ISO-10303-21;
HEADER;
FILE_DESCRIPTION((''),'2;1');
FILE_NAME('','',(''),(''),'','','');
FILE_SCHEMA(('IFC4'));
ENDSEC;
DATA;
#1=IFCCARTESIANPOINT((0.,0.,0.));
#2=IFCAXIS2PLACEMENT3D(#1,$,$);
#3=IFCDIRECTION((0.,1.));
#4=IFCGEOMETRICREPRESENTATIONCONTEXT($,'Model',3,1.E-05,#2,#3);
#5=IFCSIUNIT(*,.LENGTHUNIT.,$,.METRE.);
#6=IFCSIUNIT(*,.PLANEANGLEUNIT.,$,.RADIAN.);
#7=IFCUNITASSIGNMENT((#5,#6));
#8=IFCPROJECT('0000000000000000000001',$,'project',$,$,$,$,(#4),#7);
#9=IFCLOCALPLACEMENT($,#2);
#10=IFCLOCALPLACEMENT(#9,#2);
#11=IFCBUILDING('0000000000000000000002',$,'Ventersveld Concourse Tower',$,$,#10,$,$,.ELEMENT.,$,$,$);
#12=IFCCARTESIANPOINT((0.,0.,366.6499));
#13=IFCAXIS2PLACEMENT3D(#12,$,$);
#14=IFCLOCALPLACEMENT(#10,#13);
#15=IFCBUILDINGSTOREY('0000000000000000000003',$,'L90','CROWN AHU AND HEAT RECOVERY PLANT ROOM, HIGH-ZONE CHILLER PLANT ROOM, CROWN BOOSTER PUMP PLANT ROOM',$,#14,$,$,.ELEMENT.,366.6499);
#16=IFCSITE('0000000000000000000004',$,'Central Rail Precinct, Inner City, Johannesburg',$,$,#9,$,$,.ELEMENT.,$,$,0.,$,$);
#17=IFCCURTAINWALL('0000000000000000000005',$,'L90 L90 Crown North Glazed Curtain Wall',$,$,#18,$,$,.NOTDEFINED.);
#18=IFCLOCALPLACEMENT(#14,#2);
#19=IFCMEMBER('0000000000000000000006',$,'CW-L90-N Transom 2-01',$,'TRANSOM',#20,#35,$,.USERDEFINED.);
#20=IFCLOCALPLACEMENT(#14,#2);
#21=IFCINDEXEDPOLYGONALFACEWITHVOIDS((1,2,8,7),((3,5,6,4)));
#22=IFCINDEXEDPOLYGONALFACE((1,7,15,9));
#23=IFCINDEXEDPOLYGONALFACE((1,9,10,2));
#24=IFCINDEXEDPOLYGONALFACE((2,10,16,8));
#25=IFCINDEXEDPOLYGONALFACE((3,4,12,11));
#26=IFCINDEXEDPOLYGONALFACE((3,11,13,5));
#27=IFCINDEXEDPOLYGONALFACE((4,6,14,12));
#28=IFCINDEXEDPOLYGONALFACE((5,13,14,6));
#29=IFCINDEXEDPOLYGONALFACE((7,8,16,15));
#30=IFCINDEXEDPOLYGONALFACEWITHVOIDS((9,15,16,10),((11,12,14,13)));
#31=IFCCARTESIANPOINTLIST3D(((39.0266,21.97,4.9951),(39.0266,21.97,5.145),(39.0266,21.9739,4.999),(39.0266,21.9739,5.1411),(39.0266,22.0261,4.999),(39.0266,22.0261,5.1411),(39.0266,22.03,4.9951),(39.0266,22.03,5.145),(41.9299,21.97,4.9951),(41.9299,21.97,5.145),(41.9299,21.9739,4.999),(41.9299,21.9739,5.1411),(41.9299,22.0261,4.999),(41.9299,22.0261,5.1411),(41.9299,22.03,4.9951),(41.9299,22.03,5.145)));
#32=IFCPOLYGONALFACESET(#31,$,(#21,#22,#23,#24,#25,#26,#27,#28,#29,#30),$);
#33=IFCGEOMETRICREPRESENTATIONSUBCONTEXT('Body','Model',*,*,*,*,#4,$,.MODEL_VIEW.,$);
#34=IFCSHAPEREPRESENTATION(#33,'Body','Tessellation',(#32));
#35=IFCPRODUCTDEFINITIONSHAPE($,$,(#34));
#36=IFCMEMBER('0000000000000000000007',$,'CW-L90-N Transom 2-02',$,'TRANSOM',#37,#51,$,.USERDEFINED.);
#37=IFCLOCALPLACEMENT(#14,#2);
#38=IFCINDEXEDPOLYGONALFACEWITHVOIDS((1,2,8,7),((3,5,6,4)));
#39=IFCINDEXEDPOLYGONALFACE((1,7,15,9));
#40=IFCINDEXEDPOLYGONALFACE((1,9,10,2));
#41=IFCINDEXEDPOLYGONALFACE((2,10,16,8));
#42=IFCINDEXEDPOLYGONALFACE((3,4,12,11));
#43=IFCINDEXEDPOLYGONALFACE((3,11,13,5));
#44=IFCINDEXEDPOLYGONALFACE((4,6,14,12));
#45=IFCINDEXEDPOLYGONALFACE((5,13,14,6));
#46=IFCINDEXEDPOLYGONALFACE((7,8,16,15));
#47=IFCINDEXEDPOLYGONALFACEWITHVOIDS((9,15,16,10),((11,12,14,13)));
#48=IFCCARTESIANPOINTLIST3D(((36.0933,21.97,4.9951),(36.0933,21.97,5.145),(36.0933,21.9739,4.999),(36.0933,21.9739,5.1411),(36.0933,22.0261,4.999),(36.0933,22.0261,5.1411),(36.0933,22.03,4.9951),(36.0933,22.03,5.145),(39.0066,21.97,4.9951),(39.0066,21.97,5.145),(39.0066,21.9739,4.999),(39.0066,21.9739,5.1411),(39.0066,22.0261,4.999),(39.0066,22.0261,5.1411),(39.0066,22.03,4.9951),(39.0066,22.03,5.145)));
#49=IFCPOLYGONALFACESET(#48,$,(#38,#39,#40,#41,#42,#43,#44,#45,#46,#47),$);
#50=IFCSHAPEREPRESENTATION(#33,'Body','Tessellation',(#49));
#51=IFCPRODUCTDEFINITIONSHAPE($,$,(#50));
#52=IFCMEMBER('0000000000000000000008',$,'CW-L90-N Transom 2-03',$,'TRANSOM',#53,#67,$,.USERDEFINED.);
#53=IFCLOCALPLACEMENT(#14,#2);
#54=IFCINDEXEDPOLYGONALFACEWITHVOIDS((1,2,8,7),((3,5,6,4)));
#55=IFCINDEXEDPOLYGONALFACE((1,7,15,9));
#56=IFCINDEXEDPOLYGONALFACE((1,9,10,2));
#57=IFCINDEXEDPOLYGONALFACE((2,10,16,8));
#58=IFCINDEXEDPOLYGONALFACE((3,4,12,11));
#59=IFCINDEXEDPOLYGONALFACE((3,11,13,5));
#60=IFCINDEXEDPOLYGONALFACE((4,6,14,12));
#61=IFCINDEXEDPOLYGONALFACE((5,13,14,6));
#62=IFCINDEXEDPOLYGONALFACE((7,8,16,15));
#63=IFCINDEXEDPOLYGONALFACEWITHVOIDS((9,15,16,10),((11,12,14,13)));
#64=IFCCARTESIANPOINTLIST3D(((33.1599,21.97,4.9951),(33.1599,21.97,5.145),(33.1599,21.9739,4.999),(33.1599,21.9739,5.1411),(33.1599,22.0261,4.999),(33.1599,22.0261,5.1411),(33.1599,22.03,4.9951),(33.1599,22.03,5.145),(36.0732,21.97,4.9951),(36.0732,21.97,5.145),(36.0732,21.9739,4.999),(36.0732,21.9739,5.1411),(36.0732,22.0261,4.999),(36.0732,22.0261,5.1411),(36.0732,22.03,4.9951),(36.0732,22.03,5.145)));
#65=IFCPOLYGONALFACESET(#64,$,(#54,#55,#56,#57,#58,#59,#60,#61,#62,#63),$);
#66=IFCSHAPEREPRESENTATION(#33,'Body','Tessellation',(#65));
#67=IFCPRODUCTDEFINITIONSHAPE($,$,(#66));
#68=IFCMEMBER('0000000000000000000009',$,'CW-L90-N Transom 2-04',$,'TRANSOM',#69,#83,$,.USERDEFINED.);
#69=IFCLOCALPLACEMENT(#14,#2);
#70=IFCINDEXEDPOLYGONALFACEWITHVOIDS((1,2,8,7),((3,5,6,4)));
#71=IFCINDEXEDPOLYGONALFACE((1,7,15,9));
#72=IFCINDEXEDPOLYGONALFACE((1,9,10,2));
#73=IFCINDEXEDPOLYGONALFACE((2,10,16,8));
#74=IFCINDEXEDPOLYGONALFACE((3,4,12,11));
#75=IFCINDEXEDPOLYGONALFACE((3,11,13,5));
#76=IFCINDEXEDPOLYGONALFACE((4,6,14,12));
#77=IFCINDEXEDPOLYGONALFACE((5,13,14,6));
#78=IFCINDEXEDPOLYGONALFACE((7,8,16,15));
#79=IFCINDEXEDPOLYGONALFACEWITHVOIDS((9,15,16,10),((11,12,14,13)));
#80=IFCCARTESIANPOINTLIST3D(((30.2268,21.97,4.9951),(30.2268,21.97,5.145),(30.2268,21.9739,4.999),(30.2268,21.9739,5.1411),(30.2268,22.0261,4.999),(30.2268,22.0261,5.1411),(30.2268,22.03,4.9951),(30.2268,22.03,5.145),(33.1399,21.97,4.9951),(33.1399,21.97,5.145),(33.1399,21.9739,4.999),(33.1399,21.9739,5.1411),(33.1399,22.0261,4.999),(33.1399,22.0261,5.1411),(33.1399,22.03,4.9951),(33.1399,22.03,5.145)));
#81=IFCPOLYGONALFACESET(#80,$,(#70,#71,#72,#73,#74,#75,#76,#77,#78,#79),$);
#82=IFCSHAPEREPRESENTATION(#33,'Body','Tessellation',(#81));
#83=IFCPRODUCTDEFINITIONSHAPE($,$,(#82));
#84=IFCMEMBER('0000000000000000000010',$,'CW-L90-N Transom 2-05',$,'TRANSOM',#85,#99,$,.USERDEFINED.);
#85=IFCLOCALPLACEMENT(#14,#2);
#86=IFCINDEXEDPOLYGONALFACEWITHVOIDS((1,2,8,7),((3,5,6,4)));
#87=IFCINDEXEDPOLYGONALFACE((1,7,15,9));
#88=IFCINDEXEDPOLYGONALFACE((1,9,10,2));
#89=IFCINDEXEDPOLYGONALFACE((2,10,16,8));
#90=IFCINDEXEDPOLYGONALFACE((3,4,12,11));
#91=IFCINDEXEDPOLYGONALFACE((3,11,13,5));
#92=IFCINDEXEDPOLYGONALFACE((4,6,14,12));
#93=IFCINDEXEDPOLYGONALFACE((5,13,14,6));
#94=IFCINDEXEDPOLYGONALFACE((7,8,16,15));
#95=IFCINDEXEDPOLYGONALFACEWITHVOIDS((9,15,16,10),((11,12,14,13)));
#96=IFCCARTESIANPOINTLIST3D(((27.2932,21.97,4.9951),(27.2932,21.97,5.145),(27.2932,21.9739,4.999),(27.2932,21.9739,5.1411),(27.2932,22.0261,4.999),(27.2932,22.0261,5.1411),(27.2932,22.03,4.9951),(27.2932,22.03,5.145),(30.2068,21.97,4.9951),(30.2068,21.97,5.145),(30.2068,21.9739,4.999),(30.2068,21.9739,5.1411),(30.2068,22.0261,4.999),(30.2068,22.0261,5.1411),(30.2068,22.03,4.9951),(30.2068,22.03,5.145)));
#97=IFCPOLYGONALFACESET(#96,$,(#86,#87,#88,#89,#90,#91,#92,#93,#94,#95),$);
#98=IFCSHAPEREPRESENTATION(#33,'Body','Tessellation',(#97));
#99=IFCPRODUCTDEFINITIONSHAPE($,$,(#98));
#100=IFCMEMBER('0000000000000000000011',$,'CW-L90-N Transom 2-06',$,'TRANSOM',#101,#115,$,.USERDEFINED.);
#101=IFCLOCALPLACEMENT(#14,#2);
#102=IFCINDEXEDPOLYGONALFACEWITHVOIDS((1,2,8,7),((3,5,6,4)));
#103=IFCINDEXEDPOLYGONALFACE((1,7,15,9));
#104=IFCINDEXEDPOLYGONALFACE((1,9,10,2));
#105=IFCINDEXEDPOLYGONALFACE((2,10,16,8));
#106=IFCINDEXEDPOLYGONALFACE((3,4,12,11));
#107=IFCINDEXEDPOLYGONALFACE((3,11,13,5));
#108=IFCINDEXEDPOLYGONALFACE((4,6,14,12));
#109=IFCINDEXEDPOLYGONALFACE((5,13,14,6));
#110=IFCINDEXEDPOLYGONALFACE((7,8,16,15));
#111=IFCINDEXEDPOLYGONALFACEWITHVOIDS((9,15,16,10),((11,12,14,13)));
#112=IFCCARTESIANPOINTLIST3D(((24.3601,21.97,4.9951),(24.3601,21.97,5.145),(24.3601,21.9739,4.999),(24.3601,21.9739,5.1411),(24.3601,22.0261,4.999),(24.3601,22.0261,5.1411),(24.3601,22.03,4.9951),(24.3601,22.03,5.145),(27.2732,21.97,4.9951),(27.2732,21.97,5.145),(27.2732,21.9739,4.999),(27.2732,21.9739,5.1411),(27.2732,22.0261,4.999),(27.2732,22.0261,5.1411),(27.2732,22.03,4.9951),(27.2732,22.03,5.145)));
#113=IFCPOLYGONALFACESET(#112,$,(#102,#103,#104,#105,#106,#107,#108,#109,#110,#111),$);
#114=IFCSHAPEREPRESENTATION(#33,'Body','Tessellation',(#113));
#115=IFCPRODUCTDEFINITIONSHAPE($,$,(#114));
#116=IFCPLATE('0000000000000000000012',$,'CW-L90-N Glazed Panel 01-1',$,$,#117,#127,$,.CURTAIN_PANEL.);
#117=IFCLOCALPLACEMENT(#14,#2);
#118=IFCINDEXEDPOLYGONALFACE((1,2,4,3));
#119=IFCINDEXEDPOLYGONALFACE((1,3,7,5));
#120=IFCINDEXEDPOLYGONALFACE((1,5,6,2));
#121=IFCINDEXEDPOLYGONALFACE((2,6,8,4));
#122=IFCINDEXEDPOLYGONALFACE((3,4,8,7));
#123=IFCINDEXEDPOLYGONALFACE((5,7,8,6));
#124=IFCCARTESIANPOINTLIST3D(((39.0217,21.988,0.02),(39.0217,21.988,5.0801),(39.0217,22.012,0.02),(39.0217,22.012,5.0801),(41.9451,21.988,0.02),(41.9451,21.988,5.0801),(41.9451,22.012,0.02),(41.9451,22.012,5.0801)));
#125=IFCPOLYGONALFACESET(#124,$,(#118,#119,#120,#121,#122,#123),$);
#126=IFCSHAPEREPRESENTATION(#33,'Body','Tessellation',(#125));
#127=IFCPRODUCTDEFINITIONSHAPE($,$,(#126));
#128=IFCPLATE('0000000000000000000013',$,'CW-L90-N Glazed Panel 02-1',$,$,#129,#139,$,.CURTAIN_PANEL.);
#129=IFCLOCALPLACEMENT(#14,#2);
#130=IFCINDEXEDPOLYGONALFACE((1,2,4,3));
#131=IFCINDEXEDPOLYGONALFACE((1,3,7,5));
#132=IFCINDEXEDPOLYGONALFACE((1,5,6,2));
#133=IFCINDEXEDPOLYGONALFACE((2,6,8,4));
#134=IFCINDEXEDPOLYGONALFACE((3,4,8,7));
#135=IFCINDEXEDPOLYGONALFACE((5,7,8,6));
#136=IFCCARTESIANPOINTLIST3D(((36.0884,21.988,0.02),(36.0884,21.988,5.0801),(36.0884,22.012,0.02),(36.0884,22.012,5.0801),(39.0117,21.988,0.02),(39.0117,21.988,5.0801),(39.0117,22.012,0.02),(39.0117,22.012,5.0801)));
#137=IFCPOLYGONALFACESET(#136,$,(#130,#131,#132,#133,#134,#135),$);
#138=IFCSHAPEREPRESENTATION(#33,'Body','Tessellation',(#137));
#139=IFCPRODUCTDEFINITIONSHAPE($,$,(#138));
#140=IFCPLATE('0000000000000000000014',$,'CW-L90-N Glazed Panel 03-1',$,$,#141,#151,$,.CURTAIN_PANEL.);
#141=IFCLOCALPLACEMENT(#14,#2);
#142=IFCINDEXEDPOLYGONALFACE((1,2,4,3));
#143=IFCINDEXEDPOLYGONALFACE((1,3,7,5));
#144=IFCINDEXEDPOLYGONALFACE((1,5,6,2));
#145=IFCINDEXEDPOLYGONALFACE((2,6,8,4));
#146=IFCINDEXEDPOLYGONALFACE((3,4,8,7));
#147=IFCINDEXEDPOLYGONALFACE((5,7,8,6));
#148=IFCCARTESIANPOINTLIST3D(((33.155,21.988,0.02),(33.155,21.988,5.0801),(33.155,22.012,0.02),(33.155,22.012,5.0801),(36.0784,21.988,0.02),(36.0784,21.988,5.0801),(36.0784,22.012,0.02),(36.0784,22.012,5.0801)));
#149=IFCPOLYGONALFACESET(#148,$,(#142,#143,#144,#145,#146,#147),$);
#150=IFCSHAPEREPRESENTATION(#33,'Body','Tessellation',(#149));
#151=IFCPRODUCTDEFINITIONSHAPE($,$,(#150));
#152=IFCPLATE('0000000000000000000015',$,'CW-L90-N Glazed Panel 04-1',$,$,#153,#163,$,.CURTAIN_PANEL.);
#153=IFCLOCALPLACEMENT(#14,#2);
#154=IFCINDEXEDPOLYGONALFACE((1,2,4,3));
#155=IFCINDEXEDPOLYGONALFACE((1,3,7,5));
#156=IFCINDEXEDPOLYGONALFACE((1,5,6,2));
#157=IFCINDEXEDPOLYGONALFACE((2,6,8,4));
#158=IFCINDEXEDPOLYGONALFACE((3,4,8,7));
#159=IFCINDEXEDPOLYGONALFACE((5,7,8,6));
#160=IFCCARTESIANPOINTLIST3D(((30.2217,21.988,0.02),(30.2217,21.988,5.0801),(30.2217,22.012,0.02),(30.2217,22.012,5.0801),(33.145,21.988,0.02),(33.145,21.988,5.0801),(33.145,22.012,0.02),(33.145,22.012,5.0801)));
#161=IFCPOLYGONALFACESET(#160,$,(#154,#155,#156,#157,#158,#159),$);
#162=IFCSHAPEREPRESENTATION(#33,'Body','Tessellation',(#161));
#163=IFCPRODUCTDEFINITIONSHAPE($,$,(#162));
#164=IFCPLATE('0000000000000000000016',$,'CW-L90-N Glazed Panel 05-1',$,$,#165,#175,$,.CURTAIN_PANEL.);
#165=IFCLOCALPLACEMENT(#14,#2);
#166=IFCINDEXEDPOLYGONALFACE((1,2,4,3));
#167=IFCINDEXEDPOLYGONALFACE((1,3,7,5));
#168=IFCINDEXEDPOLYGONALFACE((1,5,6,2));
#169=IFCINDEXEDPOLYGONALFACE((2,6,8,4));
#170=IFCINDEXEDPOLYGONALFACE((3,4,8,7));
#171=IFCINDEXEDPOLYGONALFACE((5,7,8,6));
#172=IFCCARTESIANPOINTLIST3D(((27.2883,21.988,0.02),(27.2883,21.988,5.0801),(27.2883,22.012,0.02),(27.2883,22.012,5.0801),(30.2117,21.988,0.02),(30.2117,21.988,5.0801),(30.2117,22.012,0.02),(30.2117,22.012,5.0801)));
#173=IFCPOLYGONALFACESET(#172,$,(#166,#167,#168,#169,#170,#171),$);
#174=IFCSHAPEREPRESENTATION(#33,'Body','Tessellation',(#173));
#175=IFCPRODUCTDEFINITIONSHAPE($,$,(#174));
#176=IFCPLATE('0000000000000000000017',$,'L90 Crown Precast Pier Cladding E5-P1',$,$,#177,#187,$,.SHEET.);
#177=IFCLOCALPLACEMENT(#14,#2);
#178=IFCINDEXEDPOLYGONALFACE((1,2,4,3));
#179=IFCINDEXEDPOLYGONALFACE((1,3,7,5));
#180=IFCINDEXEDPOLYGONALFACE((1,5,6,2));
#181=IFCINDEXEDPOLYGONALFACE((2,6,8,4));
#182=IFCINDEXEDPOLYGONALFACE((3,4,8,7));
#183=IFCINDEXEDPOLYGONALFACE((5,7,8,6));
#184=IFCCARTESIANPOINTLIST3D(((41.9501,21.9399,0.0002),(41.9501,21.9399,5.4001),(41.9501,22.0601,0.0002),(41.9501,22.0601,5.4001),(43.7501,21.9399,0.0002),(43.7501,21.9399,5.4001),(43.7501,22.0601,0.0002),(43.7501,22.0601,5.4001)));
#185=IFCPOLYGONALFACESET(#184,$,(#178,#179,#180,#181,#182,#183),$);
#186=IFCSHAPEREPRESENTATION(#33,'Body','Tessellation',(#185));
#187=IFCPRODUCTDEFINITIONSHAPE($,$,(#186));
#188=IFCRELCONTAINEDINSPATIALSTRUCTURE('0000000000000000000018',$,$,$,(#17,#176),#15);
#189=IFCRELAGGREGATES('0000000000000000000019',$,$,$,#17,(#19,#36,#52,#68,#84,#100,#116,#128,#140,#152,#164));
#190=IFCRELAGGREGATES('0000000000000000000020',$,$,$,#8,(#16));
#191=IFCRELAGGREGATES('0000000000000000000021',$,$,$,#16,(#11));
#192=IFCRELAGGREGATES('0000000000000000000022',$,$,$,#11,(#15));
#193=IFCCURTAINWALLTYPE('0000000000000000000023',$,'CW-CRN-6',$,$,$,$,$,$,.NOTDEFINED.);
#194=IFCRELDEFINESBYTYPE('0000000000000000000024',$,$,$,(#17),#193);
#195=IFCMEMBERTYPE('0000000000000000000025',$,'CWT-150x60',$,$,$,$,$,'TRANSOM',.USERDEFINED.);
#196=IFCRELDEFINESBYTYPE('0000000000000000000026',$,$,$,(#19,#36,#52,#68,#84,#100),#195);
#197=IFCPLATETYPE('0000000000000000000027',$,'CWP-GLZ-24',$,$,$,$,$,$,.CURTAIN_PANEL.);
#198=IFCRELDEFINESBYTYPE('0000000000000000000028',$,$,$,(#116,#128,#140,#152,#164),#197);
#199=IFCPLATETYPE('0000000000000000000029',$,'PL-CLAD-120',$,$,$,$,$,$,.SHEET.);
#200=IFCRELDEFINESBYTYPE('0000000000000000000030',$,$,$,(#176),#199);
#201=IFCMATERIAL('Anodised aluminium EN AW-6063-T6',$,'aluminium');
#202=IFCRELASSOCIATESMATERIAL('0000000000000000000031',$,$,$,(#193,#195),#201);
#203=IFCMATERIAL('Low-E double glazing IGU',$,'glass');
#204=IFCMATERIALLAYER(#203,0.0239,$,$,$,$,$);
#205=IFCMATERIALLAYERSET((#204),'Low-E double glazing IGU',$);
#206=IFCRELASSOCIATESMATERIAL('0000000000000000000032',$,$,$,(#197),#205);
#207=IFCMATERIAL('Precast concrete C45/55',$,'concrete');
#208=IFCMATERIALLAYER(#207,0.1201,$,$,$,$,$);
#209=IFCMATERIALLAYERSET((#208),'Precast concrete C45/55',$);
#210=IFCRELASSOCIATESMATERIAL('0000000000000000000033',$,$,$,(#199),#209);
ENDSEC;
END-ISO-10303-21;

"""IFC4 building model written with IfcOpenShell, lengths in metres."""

from ifc_helpers import new_model, si_unit, direction, frame, origin, origin_2d, place, context, subcontext, project, spatial, rectangle, hollow_rectangle, extrude, material, layer, layer_set, material_profile, profile_set, type_object, element, aggregate, save


model = new_model("IFC4")

# Units and contexts
model_context = context("Model", 3, precision=1e-05, world=origin(), true_north=direction((0.0, 1.0)))
body_context = subcontext(model_context, "Body", "Model", "MODEL_VIEW")
ifc_project = project(units=[si_unit("LENGTHUNIT", "METRE"), si_unit("PLANEANGLEUNIT", "RADIAN")], contexts=[model_context])

# Site, building, storey
site_placement = place(None, origin())
site = spatial("IfcSite", under=ifc_project, at=site_placement, Name="Central Rail Precinct, Inner City, Johannesburg", CompositionType="ELEMENT", RefElevation=0.0)
building_placement = place(site_placement, origin())
building = spatial("IfcBuilding", under=site, at=building_placement, Name="Ventersveld Concourse Tower", CompositionType="ELEMENT")
storey_placement = place(building_placement, frame((0.0, 0.0, 366.6499)))
storey = spatial("IfcBuildingStorey", under=building, at=storey_placement, Name="L90", Description="CROWN AHU AND HEAT RECOVERY PLANT ROOM, HIGH-ZONE CHILLER PLANT ROOM, CROWN BOOSTER PUMP PLANT ROOM", CompositionType="ELEMENT", Elevation=366.6499)

# Curtain wall, members, plates
ifc_material_1 = material(Name="Anodised aluminium EN AW-6063-T6", Category="aluminium")
curtain_wall_type = type_object("IfcCurtainWallType", Name="CW-CRN-6", PredefinedType="NOTDEFINED", material=ifc_material_1)
curtain_wall_placement = place(storey_placement, origin())
curtain_wall = element("IfcCurtainWall", 1, at=curtain_wall_placement, inside=storey, type_object=curtain_wall_type, Name="L90 L90 Crown North Glazed Curtain Wall", PredefinedType="NOTDEFINED")
ifc_material_profile_1 = material_profile(ifc_material_1, hollow_rectangle(XDim=0.0601, YDim=0.1499, WallThickness=0.0039, at=origin_2d()), Name="ALU 150x60x4")
ifc_profile_set_1 = profile_set([ifc_material_profile_1], Name="Anodised aluminium EN AW-6063-T6")
member_type_1 = type_object("IfcMemberType", Name="CWT-150x60", ElementType="TRANSOM", PredefinedType="USERDEFINED", material=ifc_profile_set_1)
member_1_placement = place(storey_placement, frame((41.9299, 22.0, 5.0701), z_axis=(-1.0, 0.0, 0.0), x_axis=(0.0, -1.0, 0.0)))
member_1 = element("IfcMember", 2, at=member_1_placement, type_object=member_type_1, Name="CW-L90-N Transom 2-01", ObjectType="TRANSOM", PredefinedType="USERDEFINED", context=body_context, shape_type="SweptSolid", body=[
    extrude(hollow_rectangle(XDim=0.0601, YDim=0.1499, WallThickness=0.0039, at=origin_2d()), origin(), (0.0, 0.0, 1.0), 2.9033),
])
member_2_placement = place(storey_placement, frame((39.0066, 22.0, 5.0701), z_axis=(-1.0, 0.0, 0.0), x_axis=(0.0, -1.0, 0.0)))
member_2 = element("IfcMember", 3, at=member_2_placement, type_object=member_type_1, Name="CW-L90-N Transom 2-02", ObjectType="TRANSOM", PredefinedType="USERDEFINED", context=body_context, shape_type="SweptSolid", body=[
    extrude(hollow_rectangle(XDim=0.0601, YDim=0.1499, WallThickness=0.0039, at=origin_2d()), origin(), (0.0, 0.0, 1.0), 2.9133),
])
member_3_placement = place(storey_placement, frame((36.0732, 22.0, 5.0701), z_axis=(-1.0, 0.0, 0.0), x_axis=(0.0, -1.0, 0.0)))
member_3 = element("IfcMember", 4, at=member_3_placement, type_object=member_type_1, Name="CW-L90-N Transom 2-03", ObjectType="TRANSOM", PredefinedType="USERDEFINED", context=body_context, shape_type="SweptSolid", body=[
    extrude(hollow_rectangle(XDim=0.0601, YDim=0.1499, WallThickness=0.0039, at=origin_2d()), origin(), (0.0, 0.0, 1.0), 2.9133),
])
member_4_placement = place(storey_placement, frame((33.1399, 22.0, 5.0701), z_axis=(-1.0, 0.0, 0.0), x_axis=(0.0, -1.0, 0.0)))
member_4 = element("IfcMember", 5, at=member_4_placement, type_object=member_type_1, Name="CW-L90-N Transom 2-04", ObjectType="TRANSOM", PredefinedType="USERDEFINED", context=body_context, shape_type="SweptSolid", body=[
    extrude(hollow_rectangle(XDim=0.0601, YDim=0.1499, WallThickness=0.0039, at=origin_2d()), origin(), (0.0, 0.0, 1.0), 2.9131),
])
member_5_placement = place(storey_placement, frame((30.2068, 22.0, 5.0701), z_axis=(-1.0, 0.0, 0.0), x_axis=(0.0, -1.0, 0.0)))
member_5 = element("IfcMember", 6, at=member_5_placement, type_object=member_type_1, Name="CW-L90-N Transom 2-05", ObjectType="TRANSOM", PredefinedType="USERDEFINED", context=body_context, shape_type="SweptSolid", body=[
    extrude(hollow_rectangle(XDim=0.0601, YDim=0.1499, WallThickness=0.0039, at=origin_2d()), origin(), (0.0, 0.0, 1.0), 2.9136),
])
member_6_placement = place(storey_placement, frame((27.2732, 22.0, 5.0701), z_axis=(-1.0, 0.0, 0.0), x_axis=(0.0, -1.0, 0.0)))
member_6 = element("IfcMember", 7, at=member_6_placement, type_object=member_type_1, Name="CW-L90-N Transom 2-06", ObjectType="TRANSOM", PredefinedType="USERDEFINED", context=body_context, shape_type="SweptSolid", body=[
    extrude(hollow_rectangle(XDim=0.0601, YDim=0.1499, WallThickness=0.0039, at=origin_2d()), origin(), (0.0, 0.0, 1.0), 2.9131),
])
ifc_material_2 = material(Name="Low-E double glazing IGU", Category="glass")
ifc_layer_1 = layer(ifc_material_2, 0.0239)
ifc_layer_set_1 = layer_set([ifc_layer_1], Name="Low-E double glazing IGU")
plate_type_1 = type_object("IfcPlateType", Name="CWP-GLZ-24", PredefinedType="CURTAIN_PANEL", material=ifc_layer_set_1)
plate_1_placement = place(storey_placement, frame((40.4834, 22.0, 0.02), z_axis=(0.0, 0.0, 1.0), x_axis=(-1.0, 0.0, 0.0)))
plate_1 = element("IfcPlate", 8, at=plate_1_placement, type_object=plate_type_1, Name="CW-L90-N Glazed Panel 01-1", PredefinedType="CURTAIN_PANEL", context=body_context, shape_type="SweptSolid", body=[
    extrude(rectangle(XDim=2.9233, YDim=0.0239, at=origin_2d()), origin(), (0.0, 0.0, 1.0), 5.0601),
])
plate_2_placement = place(storey_placement, frame((37.55, 22.0, 0.02), z_axis=(0.0, 0.0, 1.0), x_axis=(-1.0, 0.0, 0.0)))
plate_2 = element("IfcPlate", 9, at=plate_2_placement, type_object=plate_type_1, Name="CW-L90-N Glazed Panel 02-1", PredefinedType="CURTAIN_PANEL", context=body_context, shape_type="SweptSolid", body=[
    extrude(rectangle(XDim=2.9233, YDim=0.0239, at=origin_2d()), origin(), (0.0, 0.0, 1.0), 5.0601),
])
plate_3_placement = place(storey_placement, frame((34.6167, 22.0, 0.02), z_axis=(0.0, 0.0, 1.0), x_axis=(-1.0, 0.0, 0.0)))
plate_3 = element("IfcPlate", 10, at=plate_3_placement, type_object=plate_type_1, Name="CW-L90-N Glazed Panel 03-1", PredefinedType="CURTAIN_PANEL", context=body_context, shape_type="SweptSolid", body=[
    extrude(rectangle(XDim=2.9233, YDim=0.0239, at=origin_2d()), origin(), (0.0, 0.0, 1.0), 5.0601),
])
plate_4_placement = place(storey_placement, frame((31.6833, 22.0, 0.02), z_axis=(0.0, 0.0, 1.0), x_axis=(-1.0, 0.0, 0.0)))
plate_4 = element("IfcPlate", 11, at=plate_4_placement, type_object=plate_type_1, Name="CW-L90-N Glazed Panel 04-1", PredefinedType="CURTAIN_PANEL", context=body_context, shape_type="SweptSolid", body=[
    extrude(rectangle(XDim=2.9233, YDim=0.0239, at=origin_2d()), origin(), (0.0, 0.0, 1.0), 5.0601),
])
plate_5_placement = place(storey_placement, frame((28.75, 22.0, 0.02), z_axis=(0.0, 0.0, 1.0), x_axis=(-1.0, 0.0, 0.0)))
plate_5 = element("IfcPlate", 12, at=plate_5_placement, type_object=plate_type_1, Name="CW-L90-N Glazed Panel 05-1", PredefinedType="CURTAIN_PANEL", context=body_context, shape_type="SweptSolid", body=[
    extrude(rectangle(XDim=2.9233, YDim=0.0239, at=origin_2d()), origin(), (0.0, 0.0, 1.0), 5.0601),
])
aggregate(curtain_wall, [member_1, member_2, member_3, member_4, member_5, member_6, plate_1, plate_2, plate_3, plate_4, plate_5])

# Plate
ifc_material_3 = material(Name="Precast concrete C45/55", Category="concrete")
ifc_layer_2 = layer(ifc_material_3, 0.1201)
ifc_layer_set_2 = layer_set([ifc_layer_2], Name="Precast concrete C45/55")
plate_type_2 = type_object("IfcPlateType", Name="PL-CLAD-120", PredefinedType="SHEET", material=ifc_layer_set_2)
plate_6_placement = place(storey_placement, frame((42.8501, 22.0, 0.0002), z_axis=(0.0, 0.0, 1.0), x_axis=(-1.0, 0.0, 0.0)))
element("IfcPlate", 13, at=plate_6_placement, inside=storey, type_object=plate_type_2, Name="L90 Crown Precast Pier Cladding E5-P1", PredefinedType="SHEET", context=body_context, shape_type="SweptSolid", body=[
    extrude(rectangle(XDim=1.8, YDim=0.1201, at=origin_2d()), origin(), (0.0, 0.0, 1.0), 5.3999),
])

save(model, "model.ifc")
